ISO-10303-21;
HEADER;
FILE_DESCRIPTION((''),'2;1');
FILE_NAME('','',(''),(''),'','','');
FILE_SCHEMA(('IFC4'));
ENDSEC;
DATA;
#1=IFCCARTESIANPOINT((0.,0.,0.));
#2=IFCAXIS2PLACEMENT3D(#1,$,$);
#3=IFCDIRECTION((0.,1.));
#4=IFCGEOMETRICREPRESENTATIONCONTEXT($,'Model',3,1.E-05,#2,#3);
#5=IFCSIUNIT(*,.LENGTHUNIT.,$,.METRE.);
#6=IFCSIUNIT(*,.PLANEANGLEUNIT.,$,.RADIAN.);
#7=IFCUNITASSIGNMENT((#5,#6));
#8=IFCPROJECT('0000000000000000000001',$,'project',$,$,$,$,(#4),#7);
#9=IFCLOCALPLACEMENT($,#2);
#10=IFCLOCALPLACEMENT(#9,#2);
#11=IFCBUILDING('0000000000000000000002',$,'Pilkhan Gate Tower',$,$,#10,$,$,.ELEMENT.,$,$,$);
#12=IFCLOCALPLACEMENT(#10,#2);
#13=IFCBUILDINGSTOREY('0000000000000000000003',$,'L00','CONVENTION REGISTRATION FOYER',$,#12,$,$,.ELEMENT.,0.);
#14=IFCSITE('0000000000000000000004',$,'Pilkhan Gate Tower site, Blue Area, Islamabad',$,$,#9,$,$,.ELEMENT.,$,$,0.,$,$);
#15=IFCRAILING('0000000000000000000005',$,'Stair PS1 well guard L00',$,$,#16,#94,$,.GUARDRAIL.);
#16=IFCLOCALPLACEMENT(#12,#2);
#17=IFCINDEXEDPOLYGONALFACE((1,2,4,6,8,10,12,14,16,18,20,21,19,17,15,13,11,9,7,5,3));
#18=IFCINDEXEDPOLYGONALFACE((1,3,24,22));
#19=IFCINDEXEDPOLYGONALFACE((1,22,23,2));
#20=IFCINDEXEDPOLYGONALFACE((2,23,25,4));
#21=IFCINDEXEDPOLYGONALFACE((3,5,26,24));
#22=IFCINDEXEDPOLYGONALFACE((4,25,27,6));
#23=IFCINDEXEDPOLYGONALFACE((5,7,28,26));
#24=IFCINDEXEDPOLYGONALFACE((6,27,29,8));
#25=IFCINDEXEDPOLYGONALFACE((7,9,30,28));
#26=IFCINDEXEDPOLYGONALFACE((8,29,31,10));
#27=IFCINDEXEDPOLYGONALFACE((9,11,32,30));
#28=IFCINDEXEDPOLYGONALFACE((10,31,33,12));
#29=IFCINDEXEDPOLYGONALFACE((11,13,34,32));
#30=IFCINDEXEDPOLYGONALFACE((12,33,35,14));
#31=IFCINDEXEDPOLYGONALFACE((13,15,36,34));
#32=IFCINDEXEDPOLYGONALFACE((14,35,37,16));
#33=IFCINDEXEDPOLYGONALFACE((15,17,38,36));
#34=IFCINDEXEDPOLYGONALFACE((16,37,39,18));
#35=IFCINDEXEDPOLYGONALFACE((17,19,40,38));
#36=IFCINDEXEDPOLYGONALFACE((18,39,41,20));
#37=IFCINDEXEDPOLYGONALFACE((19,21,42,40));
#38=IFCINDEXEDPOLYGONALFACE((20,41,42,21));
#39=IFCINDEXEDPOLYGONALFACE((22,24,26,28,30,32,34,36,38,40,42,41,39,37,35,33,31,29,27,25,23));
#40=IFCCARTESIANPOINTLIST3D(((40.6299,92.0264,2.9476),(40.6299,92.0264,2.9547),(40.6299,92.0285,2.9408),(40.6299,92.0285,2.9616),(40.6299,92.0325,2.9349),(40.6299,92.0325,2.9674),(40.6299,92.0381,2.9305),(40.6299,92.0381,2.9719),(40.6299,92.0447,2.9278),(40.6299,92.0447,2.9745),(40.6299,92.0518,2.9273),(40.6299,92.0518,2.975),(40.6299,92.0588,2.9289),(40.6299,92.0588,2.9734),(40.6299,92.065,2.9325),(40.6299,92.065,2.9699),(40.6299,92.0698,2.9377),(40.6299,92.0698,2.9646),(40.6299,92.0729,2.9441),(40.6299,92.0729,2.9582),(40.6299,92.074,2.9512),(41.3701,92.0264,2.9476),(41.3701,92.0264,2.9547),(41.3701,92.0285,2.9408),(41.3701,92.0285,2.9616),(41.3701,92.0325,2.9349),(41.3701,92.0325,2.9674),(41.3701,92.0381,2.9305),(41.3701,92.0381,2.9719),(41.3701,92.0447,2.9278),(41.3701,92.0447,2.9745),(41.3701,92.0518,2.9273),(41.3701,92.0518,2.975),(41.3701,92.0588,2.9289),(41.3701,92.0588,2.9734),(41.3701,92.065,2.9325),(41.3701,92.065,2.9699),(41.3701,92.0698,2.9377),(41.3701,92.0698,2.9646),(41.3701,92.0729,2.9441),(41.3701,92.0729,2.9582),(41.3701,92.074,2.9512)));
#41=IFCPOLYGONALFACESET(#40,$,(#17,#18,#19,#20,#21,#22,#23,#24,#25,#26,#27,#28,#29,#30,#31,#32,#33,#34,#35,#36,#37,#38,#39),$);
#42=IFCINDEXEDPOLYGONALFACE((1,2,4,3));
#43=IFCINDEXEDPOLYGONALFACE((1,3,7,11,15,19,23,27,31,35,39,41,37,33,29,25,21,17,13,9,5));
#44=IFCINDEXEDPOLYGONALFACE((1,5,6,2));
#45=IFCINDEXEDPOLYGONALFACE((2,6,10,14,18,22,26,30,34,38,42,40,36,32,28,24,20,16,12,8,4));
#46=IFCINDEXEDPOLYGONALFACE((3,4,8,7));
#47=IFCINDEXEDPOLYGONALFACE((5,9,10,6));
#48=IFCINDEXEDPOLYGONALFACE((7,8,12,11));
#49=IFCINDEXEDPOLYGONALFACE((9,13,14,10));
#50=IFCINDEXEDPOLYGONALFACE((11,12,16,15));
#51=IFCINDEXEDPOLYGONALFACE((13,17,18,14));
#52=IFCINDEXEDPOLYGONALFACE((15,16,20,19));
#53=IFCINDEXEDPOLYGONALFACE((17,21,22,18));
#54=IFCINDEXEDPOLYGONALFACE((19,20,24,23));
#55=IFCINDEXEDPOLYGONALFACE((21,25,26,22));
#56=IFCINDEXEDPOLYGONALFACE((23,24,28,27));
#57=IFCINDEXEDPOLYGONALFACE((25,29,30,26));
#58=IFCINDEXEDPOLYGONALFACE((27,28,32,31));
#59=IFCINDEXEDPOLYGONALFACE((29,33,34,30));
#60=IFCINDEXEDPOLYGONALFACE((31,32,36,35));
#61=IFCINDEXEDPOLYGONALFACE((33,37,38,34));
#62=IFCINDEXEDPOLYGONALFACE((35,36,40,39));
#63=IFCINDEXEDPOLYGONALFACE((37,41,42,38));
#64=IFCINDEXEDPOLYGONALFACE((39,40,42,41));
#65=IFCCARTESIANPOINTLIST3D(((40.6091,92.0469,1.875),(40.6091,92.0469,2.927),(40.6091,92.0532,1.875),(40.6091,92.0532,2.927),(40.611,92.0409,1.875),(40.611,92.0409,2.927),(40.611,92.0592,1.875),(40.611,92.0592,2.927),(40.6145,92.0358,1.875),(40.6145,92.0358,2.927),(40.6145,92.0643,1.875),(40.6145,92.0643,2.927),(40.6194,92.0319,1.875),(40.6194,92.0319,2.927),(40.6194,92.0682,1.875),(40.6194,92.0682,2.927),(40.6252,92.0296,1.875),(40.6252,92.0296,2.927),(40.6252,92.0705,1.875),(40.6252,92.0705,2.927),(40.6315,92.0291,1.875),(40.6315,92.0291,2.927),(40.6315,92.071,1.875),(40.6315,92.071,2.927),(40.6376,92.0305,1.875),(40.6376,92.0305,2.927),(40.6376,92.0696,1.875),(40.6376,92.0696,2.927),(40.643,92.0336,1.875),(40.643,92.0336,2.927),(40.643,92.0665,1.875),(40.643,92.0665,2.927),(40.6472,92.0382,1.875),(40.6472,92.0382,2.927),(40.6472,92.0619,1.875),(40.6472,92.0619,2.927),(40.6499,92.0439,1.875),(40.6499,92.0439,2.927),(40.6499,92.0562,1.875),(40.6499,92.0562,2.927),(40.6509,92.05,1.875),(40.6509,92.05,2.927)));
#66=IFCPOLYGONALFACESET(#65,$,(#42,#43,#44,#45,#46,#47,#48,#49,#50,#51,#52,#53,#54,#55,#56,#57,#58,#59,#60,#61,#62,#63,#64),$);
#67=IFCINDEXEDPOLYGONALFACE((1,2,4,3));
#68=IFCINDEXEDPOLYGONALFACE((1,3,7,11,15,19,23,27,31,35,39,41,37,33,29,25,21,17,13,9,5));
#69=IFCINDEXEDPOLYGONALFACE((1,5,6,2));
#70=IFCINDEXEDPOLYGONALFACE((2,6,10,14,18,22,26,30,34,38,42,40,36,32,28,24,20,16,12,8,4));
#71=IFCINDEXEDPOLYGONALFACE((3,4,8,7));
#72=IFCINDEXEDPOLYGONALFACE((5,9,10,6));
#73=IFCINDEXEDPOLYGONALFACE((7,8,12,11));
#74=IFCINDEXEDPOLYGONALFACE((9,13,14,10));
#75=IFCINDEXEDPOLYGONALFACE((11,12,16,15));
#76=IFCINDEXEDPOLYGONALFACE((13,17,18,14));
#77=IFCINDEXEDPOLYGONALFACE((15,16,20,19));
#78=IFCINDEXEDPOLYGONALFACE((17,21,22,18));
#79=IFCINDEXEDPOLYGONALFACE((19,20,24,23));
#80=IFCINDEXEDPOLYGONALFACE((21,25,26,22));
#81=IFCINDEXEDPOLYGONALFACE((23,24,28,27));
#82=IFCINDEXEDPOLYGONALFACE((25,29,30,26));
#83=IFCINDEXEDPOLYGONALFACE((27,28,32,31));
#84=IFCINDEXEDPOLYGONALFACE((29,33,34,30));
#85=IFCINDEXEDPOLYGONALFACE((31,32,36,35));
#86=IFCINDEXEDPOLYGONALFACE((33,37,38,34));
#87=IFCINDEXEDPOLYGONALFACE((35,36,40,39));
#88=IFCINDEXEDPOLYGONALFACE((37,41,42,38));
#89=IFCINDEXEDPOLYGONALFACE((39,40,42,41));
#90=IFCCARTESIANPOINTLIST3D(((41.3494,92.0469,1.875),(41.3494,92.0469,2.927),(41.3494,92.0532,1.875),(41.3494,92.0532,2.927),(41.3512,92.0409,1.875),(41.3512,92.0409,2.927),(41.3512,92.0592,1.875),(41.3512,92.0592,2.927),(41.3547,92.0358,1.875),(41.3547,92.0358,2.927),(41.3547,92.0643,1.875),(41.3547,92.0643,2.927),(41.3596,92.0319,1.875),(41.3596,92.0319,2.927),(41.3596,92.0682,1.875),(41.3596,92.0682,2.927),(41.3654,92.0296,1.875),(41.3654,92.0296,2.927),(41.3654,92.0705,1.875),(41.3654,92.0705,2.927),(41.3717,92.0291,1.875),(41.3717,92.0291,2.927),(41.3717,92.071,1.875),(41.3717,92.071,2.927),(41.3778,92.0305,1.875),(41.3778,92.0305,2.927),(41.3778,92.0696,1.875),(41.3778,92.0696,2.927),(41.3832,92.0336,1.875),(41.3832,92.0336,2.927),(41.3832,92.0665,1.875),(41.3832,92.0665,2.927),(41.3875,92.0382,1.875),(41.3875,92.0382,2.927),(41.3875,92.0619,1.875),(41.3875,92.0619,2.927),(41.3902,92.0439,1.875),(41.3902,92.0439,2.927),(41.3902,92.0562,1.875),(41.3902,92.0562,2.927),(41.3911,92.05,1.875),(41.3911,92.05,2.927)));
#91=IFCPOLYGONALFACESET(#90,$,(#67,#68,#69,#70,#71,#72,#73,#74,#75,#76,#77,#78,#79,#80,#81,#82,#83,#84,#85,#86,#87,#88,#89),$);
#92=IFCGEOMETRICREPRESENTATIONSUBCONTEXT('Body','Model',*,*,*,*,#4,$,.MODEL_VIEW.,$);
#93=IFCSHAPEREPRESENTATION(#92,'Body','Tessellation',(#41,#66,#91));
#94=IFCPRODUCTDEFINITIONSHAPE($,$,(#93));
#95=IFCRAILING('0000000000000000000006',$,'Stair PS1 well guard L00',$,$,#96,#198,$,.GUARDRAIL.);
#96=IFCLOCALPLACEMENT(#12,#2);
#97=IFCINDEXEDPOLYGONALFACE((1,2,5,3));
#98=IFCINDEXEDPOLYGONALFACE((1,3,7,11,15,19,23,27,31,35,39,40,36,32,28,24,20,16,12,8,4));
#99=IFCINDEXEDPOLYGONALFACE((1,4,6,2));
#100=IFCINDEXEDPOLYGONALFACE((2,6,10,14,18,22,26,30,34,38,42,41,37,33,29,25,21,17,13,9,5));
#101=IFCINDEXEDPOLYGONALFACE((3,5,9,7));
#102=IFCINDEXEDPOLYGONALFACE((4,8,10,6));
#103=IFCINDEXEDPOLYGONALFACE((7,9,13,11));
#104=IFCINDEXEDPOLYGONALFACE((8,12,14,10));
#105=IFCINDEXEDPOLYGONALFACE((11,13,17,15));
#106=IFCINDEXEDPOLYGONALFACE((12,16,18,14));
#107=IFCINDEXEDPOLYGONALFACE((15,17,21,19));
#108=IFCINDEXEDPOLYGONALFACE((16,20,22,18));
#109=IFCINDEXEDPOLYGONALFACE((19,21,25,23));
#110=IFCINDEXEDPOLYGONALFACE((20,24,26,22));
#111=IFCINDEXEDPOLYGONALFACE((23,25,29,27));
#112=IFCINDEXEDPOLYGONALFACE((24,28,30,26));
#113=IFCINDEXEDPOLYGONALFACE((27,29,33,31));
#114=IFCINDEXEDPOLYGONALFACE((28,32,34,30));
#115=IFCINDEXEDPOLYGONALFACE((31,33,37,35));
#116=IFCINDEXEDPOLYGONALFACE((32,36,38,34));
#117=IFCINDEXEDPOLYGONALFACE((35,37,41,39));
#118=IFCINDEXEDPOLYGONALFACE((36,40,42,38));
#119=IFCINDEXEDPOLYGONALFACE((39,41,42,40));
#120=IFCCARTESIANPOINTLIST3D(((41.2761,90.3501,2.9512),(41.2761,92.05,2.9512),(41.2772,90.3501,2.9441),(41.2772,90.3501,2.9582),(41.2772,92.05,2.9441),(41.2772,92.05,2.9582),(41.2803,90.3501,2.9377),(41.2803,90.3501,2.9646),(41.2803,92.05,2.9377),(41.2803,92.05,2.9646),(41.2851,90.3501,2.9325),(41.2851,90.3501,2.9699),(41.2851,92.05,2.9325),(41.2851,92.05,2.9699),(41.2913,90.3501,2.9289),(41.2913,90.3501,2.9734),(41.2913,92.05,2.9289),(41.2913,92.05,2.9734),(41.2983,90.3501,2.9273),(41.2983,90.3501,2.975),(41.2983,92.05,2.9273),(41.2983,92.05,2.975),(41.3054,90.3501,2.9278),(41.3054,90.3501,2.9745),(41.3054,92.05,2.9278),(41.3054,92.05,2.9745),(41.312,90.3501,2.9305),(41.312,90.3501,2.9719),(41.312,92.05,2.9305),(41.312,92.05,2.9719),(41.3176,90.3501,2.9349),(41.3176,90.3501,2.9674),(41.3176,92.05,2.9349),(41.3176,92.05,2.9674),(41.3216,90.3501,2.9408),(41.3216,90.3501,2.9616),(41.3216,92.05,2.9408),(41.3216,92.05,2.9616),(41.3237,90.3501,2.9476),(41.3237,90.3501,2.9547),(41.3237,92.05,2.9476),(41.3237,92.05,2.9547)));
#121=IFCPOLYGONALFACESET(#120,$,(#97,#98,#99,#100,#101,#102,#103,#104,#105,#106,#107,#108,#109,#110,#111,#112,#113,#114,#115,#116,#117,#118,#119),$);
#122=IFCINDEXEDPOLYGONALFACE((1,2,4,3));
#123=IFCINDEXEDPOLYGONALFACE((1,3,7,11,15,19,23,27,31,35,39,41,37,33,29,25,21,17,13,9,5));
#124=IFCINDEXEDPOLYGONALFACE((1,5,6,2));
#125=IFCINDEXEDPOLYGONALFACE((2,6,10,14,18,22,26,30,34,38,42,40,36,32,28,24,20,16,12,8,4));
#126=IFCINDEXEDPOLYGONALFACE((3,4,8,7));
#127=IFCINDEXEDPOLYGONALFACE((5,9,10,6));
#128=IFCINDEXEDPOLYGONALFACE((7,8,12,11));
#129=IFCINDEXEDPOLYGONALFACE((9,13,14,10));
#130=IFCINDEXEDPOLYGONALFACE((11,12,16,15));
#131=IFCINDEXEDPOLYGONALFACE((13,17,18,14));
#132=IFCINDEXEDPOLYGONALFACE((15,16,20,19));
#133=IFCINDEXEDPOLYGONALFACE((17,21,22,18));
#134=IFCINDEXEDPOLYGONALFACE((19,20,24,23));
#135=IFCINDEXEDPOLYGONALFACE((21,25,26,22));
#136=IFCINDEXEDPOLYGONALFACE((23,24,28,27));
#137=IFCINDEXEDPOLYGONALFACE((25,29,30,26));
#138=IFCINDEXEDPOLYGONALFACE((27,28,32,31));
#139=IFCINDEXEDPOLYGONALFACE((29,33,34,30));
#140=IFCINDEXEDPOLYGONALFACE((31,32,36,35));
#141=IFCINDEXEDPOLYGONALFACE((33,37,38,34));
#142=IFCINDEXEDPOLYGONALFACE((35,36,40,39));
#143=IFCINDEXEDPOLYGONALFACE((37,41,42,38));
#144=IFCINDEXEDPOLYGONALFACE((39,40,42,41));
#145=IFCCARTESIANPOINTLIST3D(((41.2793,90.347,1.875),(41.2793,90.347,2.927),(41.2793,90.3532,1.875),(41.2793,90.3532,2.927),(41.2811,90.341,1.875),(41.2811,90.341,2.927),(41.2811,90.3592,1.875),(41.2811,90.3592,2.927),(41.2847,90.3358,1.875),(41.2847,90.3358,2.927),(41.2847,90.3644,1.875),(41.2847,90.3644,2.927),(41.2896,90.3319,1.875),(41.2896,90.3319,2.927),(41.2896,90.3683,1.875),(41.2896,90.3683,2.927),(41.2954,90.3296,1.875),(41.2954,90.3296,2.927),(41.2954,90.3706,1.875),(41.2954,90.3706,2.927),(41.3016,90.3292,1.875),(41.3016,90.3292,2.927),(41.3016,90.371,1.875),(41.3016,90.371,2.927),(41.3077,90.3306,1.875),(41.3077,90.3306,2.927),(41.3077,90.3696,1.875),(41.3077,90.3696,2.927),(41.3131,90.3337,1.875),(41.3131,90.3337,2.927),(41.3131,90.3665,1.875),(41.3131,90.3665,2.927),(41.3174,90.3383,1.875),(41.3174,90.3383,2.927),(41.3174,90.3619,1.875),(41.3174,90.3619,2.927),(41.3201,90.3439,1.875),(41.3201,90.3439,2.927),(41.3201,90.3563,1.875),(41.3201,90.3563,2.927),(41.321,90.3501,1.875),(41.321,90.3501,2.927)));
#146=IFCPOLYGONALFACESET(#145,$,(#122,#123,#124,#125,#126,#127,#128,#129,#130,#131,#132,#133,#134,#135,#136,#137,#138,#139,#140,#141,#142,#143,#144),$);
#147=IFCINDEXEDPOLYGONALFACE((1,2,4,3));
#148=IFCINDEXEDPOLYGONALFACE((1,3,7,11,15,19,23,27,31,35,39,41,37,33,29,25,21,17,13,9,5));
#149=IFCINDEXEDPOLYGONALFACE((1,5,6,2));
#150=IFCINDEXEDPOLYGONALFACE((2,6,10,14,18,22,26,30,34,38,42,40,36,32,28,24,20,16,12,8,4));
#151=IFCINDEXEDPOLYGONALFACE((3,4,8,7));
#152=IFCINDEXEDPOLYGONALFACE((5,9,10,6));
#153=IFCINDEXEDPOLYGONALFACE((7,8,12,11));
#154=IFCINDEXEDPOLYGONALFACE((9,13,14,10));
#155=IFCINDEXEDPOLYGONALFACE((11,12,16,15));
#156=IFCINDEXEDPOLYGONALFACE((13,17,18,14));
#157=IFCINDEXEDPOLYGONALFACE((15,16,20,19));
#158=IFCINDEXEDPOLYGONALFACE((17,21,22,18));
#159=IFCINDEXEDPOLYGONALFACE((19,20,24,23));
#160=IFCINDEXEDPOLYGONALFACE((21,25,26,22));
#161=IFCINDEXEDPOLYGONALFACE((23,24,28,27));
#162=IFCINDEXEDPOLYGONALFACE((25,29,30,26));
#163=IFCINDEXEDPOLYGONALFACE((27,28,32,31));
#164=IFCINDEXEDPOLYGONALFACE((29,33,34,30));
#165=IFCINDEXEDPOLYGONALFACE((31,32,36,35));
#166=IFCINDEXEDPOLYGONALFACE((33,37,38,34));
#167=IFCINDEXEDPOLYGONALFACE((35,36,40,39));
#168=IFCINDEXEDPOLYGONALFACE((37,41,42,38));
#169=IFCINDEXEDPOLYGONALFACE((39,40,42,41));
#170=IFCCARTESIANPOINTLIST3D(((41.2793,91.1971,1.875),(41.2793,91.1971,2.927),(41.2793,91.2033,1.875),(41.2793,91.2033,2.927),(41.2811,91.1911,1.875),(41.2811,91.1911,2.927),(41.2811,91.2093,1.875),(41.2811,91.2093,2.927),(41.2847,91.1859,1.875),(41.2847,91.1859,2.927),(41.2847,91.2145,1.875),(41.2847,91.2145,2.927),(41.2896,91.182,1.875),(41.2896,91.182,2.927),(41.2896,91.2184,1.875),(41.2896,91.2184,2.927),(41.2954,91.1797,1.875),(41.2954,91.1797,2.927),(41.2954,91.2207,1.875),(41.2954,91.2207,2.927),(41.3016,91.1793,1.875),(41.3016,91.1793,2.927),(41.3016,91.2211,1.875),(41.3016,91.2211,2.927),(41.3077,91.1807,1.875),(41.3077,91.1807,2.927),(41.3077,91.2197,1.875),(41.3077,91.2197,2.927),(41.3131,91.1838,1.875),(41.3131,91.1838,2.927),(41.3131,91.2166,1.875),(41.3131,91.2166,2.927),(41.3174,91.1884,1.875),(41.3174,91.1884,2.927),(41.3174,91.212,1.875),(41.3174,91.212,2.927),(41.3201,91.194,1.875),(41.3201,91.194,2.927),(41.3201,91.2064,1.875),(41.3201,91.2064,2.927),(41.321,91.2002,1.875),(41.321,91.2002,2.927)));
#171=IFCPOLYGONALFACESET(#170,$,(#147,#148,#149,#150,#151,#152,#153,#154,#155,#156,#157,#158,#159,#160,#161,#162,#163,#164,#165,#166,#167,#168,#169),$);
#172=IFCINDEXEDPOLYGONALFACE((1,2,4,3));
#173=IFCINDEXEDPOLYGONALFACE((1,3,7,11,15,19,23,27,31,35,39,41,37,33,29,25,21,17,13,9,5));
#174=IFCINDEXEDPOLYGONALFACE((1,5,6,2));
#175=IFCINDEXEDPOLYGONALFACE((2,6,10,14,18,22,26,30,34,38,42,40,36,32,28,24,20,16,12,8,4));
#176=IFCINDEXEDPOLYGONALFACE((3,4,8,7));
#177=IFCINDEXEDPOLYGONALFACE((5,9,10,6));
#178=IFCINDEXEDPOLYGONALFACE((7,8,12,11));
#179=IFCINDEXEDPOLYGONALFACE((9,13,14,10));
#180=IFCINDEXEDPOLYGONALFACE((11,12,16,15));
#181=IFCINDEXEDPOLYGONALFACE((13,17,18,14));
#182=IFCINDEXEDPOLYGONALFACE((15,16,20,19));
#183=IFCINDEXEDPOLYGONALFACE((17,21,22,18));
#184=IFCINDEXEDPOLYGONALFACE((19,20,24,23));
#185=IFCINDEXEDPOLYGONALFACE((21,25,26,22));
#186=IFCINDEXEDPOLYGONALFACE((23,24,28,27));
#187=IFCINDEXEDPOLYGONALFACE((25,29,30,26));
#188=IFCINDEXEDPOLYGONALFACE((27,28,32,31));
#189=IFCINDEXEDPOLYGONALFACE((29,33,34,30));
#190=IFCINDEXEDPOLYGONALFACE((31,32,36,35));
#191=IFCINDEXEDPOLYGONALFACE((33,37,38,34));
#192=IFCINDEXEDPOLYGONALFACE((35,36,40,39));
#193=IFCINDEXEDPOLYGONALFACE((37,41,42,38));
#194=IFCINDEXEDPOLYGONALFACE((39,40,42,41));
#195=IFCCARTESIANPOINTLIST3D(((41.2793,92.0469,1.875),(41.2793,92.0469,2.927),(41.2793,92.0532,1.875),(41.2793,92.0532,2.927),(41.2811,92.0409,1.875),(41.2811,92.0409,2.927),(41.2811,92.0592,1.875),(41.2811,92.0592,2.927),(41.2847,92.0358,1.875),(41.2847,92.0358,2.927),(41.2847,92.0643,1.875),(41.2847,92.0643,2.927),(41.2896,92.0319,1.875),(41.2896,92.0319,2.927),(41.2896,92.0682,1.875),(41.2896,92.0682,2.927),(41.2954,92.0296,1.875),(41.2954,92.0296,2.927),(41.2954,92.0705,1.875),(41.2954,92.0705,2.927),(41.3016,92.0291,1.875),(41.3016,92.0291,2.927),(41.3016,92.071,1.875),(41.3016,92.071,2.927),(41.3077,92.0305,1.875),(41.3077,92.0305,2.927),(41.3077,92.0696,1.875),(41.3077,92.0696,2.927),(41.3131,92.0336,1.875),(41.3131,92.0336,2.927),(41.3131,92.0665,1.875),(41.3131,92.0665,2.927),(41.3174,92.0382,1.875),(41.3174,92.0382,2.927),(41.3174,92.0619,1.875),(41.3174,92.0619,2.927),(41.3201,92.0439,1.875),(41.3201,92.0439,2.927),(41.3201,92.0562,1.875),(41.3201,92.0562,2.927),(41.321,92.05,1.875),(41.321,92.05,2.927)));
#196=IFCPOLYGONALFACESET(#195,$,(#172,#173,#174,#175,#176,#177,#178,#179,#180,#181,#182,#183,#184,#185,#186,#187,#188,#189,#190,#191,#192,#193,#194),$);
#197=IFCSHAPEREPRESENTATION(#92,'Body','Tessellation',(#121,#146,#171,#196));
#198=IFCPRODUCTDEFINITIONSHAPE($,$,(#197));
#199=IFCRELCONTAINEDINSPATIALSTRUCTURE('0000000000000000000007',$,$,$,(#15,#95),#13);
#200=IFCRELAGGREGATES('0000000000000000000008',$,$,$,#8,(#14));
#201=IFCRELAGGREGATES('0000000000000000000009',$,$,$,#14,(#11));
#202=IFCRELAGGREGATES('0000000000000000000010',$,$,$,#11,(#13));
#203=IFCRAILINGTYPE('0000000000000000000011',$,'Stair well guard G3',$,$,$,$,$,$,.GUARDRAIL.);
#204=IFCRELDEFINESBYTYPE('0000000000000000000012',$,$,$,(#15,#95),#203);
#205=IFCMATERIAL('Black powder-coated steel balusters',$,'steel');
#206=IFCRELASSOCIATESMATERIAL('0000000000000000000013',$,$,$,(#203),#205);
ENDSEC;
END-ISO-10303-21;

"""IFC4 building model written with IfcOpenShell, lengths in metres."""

from ifc_helpers import new_model, si_unit, direction, frame, origin, origin_2d, place, context, subcontext, project, spatial, circle, extrude, material, type_object, element, save


model = new_model("IFC4")

# Units and contexts
model_context = context("Model", 3, precision=1e-05, world=origin(), true_north=direction((0.0, 1.0)))
body_context = subcontext(model_context, "Body", "Model", "MODEL_VIEW")
ifc_project = project(units=[si_unit("LENGTHUNIT", "METRE"), si_unit("PLANEANGLEUNIT", "RADIAN")], contexts=[model_context])

# Site, building, storey
site_placement = place(None, origin())
site = spatial("IfcSite", under=ifc_project, at=site_placement, Name="Pilkhan Gate Tower site, Blue Area, Islamabad", CompositionType="ELEMENT", RefElevation=0.0)
building_placement = place(site_placement, origin())
building = spatial("IfcBuilding", under=site, at=building_placement, Name="Pilkhan Gate Tower", CompositionType="ELEMENT")
storey_placement = place(building_placement, origin())
storey = spatial("IfcBuildingStorey", under=building, at=storey_placement, Name="L00", Description="CONVENTION REGISTRATION FOYER", CompositionType="ELEMENT", Elevation=0.0)

# Railings
ifc_material_1 = material(Name="Black powder-coated steel balusters", Category="steel")
railing_type_1 = type_object("IfcRailingType", Name="Stair well guard G3", PredefinedType="GUARDRAIL", material=ifc_material_1)
railing_1_placement = place(storey_placement, frame((40.6299, 92.05, 1.875)))
element("IfcRailing", 1, at=railing_1_placement, inside=storey, type_object=railing_type_1, Name="Stair PS1 well guard L00", PredefinedType="GUARDRAIL", context=body_context, shape_type="SweptSolid", body=[
    extrude(circle(Radius=0.0239, at=origin_2d()), frame((0.0, 0.0, 1.0762), z_axis=(1.0, 0.0, 0.0), x_axis=(0.0, 1.0, 0.0)), (0.0, 0.0, 1.0), 0.7402),
    extrude(circle(Radius=0.021, at=origin_2d()), origin(), (0.0, 0.0, 1.0), 1.052),
    extrude(circle(Radius=0.021, at=origin_2d()), frame((0.7402, 0.0, 0.0)), (0.0, 0.0, 1.0), 1.052),
])
railing_2_placement = place(storey_placement, frame((41.3, 90.3501, 1.875)))
element("IfcRailing", 2, at=railing_2_placement, inside=storey, type_object=railing_type_1, Name="Stair PS1 well guard L00", PredefinedType="GUARDRAIL", context=body_context, shape_type="SweptSolid", body=[
    extrude(circle(Radius=0.0239, at=origin_2d()), frame((0.0, 0.0, 1.0762), z_axis=(0.0, 1.0, 0.0), x_axis=(-1.0, 0.0, 0.0)), (0.0, 0.0, 1.0), 1.7),
    extrude(circle(Radius=0.021, at=origin_2d()), origin(), (0.0, 0.0, 1.0), 1.052),
    extrude(circle(Radius=0.021, at=origin_2d()), frame((0.0, 0.8501, 0.0)), (0.0, 0.0, 1.0), 1.052),
    extrude(circle(Radius=0.021, at=origin_2d()), frame((0.0, 1.7, 0.0)), (0.0, 0.0, 1.0), 1.052),
])

save(model, "model.ifc")
